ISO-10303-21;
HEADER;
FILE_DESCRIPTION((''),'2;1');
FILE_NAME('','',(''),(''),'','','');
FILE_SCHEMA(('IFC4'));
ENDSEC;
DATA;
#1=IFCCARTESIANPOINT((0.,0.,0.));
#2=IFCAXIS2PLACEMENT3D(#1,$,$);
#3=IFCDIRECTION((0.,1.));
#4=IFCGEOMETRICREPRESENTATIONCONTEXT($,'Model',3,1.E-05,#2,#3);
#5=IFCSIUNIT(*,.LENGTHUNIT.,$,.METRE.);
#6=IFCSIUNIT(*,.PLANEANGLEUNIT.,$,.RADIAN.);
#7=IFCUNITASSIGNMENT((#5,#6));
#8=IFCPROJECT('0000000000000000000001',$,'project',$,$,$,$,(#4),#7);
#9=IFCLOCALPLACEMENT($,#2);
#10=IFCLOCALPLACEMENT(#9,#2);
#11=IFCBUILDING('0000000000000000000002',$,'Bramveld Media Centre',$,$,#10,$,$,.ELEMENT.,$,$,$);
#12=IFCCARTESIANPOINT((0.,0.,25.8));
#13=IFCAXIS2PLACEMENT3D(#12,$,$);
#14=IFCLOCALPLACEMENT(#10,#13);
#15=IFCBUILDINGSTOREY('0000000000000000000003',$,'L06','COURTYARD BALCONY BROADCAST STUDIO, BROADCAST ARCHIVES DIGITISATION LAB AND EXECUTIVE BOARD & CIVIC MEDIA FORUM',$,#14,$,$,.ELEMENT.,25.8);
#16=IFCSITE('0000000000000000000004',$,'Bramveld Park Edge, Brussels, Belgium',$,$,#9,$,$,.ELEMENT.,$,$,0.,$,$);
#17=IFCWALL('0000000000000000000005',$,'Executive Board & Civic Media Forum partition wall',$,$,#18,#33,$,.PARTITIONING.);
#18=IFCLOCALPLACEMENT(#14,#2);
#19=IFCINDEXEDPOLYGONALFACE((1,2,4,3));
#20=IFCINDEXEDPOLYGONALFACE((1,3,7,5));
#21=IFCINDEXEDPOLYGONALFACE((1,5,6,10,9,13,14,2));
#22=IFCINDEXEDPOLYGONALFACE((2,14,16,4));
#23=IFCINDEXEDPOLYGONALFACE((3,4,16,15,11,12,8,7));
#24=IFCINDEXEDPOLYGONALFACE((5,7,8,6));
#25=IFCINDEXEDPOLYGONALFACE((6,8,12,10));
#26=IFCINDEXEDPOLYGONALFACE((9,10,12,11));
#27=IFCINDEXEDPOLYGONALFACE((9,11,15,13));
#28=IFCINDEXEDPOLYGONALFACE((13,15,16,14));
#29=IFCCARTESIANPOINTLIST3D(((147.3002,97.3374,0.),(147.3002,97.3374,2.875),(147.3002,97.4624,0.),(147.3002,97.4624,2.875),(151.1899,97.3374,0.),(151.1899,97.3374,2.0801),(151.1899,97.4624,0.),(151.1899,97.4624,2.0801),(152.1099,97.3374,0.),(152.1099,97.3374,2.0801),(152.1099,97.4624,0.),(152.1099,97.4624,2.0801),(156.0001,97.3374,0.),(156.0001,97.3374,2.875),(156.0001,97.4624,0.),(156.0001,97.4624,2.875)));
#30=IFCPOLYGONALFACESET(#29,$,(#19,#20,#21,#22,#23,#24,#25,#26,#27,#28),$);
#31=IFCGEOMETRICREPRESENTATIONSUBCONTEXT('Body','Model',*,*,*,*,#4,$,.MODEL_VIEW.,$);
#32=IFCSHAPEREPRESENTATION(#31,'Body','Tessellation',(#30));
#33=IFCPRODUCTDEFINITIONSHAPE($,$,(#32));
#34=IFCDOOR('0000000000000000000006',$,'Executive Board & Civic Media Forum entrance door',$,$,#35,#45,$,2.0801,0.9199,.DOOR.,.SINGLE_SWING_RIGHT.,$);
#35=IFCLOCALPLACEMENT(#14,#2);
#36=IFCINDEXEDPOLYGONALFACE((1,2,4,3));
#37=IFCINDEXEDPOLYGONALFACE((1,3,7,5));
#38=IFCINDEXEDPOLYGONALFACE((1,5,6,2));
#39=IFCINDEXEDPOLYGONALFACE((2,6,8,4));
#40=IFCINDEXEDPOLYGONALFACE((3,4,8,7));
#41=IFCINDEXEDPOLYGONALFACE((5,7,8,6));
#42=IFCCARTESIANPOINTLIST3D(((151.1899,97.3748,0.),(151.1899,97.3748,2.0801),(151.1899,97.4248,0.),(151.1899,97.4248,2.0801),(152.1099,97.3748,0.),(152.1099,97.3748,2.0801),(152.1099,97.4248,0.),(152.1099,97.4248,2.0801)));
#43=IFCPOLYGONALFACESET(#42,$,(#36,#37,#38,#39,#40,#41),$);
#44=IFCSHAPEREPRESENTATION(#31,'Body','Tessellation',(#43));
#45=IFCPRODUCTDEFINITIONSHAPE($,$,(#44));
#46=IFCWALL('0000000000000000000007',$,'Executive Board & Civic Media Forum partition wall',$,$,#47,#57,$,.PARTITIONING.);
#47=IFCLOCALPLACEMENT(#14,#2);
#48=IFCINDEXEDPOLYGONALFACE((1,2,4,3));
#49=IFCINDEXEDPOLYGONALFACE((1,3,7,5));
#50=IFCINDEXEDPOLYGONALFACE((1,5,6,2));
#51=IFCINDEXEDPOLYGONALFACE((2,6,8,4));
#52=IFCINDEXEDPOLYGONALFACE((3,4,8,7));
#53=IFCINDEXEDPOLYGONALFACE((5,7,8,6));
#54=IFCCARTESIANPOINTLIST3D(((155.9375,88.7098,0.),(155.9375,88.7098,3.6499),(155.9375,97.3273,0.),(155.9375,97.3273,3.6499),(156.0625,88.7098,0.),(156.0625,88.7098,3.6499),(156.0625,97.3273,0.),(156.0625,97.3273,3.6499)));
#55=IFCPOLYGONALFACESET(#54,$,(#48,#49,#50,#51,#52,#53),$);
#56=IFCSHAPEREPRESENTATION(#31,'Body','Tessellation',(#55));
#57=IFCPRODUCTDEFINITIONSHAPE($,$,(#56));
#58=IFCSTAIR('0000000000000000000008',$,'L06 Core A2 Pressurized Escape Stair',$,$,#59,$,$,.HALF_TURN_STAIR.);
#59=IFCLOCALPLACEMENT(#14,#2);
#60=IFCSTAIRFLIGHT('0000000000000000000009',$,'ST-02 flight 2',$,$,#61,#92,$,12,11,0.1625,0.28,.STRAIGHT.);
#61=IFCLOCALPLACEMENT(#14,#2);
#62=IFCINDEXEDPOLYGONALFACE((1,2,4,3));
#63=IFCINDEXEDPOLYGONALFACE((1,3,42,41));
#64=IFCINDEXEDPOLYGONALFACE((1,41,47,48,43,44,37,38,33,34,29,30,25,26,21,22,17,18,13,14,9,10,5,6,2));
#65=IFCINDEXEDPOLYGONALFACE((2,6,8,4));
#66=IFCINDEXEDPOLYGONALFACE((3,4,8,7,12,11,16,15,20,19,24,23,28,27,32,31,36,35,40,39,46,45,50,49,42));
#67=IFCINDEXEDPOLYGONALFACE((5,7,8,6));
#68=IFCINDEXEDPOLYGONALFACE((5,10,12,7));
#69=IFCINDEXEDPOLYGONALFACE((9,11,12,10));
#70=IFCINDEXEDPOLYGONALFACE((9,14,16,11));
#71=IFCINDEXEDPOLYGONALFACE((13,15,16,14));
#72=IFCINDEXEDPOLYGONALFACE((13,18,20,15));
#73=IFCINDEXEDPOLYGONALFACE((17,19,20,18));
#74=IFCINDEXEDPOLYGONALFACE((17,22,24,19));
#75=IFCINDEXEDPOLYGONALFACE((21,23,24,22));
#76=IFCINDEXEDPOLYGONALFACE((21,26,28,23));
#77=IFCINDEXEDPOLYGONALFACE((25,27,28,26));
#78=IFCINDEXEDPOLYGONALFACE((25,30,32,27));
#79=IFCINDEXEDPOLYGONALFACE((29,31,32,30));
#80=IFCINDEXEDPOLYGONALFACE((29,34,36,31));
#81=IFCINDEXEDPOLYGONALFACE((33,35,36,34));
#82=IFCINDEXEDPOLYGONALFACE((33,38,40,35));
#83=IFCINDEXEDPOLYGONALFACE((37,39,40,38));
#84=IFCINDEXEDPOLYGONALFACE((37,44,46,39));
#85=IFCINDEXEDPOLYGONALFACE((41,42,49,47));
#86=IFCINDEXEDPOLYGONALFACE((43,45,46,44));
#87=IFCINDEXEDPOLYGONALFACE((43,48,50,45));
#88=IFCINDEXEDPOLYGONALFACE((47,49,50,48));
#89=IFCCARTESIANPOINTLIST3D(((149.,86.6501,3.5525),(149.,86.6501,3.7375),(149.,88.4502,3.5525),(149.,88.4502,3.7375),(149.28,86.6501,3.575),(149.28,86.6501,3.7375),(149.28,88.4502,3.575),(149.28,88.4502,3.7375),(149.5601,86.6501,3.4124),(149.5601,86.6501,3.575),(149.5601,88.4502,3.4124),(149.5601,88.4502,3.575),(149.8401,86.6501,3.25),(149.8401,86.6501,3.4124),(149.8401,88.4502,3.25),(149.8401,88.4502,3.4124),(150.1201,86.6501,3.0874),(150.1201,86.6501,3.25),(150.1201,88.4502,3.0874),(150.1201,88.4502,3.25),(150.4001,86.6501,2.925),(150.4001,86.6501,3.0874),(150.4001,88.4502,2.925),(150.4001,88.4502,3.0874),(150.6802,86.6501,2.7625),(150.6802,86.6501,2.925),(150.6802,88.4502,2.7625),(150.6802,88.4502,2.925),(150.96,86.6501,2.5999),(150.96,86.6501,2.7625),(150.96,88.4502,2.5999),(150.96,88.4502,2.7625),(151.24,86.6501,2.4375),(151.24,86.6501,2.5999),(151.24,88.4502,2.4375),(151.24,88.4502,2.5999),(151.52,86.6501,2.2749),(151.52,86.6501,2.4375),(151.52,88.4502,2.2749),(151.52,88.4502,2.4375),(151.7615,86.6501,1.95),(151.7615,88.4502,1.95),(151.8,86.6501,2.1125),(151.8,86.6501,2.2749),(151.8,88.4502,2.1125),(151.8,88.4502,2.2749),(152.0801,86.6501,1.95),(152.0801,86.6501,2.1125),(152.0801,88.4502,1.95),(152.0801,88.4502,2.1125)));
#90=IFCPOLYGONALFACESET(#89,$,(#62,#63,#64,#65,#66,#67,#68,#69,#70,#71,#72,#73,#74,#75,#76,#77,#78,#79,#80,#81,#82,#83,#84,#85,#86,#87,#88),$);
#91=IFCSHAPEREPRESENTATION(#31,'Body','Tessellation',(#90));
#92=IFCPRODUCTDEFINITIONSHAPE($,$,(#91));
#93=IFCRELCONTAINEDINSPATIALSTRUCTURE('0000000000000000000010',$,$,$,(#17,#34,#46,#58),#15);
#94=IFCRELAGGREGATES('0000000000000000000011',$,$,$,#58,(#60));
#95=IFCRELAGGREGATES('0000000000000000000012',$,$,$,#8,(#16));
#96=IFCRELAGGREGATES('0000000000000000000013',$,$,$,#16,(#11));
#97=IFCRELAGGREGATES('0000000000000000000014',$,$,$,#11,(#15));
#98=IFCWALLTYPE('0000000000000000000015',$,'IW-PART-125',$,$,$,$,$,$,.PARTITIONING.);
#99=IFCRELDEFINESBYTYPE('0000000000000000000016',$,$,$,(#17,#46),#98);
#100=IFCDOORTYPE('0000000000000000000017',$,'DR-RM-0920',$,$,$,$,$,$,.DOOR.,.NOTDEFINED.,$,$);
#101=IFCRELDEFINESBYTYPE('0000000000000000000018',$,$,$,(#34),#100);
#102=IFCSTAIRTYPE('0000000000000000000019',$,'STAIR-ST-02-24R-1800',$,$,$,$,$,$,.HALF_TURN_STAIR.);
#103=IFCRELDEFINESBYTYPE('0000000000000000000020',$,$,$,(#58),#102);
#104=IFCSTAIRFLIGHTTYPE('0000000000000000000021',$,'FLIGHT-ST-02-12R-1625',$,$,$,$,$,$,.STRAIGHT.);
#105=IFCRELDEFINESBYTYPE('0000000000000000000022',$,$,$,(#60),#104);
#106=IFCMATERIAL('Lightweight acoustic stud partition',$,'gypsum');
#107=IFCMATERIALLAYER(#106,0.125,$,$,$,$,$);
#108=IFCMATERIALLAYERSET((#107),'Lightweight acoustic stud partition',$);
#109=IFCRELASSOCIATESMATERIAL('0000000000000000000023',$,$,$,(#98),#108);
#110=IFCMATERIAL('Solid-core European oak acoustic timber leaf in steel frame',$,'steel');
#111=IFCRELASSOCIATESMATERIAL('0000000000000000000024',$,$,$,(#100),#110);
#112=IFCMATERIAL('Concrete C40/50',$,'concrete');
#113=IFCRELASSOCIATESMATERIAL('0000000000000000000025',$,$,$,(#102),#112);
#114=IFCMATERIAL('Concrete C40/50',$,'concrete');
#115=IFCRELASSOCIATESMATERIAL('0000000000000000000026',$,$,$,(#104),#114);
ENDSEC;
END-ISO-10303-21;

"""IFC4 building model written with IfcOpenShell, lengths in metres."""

from ifc_helpers import new_model, si_unit, direction, frame, frame_2d, origin, place, context, subcontext, project, spatial, polyline, rectangle, outline, extrude, material, layer, layer_set, type_object, element, fill, aggregate, save


model = new_model("IFC4")

# Units and contexts
model_context = context("Model", 3, precision=1e-05, world=origin(), true_north=direction((0.0, 1.0)))
body_context = subcontext(model_context, "Body", "Model", "MODEL_VIEW")
ifc_project = project(units=[si_unit("LENGTHUNIT", "METRE"), si_unit("PLANEANGLEUNIT", "RADIAN")], contexts=[model_context])

# Site, building, storey
site_placement = place(None, origin())
site = spatial("IfcSite", under=ifc_project, at=site_placement, Name="Bramveld Park Edge, Brussels, Belgium", CompositionType="ELEMENT", RefElevation=0.0)
building_placement = place(site_placement, origin())
building = spatial("IfcBuilding", under=site, at=building_placement, Name="Bramveld Media Centre", CompositionType="ELEMENT")
storey_placement = place(building_placement, frame((0.0, 0.0, 25.8)))
storey = spatial("IfcBuildingStorey", under=building, at=storey_placement, Name="L06", Description="COURTYARD BALCONY BROADCAST STUDIO, BROADCAST ARCHIVES DIGITISATION LAB AND EXECUTIVE BOARD & CIVIC MEDIA FORUM", CompositionType="ELEMENT", Elevation=25.8)

# Wall, opening, door
ifc_material_1 = material(Name="Lightweight acoustic stud partition", Category="gypsum")
ifc_layer_1 = layer(ifc_material_1, 0.125)
ifc_layer_set_1 = layer_set([ifc_layer_1], Name="Lightweight acoustic stud partition")
wall_type_1 = type_object("IfcWallType", Name="IW-PART-125", PredefinedType="PARTITIONING", material=ifc_layer_set_1)
wall_1_placement = place(storey_placement, frame((147.3, 97.3999, 0.0), z_axis=(0.0, 0.0, 1.0), x_axis=(1.0, 0.0, 0.0)))
wall_1 = element("IfcWall", 1, at=wall_1_placement, inside=storey, type_object=wall_type_1, Name="Executive Board & Civic Media Forum partition wall", PredefinedType="PARTITIONING", context=body_context, shape_type="SweptSolid", body=[
    extrude(rectangle(XDim=8.7, YDim=0.125, at=frame_2d((4.3501, 0.0))), origin(), (0.0, 0.0, 1.0), 2.875),
])
opening_1_placement = place(wall_1_placement, frame((3.8899, 0.0, 0.0)))
opening_1 = element("IfcOpeningElement", 2, at=opening_1_placement, cuts=wall_1, PredefinedType="OPENING", context=body_context, shape_type="SweptSolid", body=[
    extrude(rectangle(XDim=0.9199, YDim=2.0801, at=frame_2d((0.46, 1.04))), frame((0.0, 0.0745, 0.0), z_axis=(0.0, -1.0, 0.0), x_axis=(1.0, 0.0, 0.0)), (0.0, 0.0, 1.0), 0.1489),
])
ifc_material_2 = material(Name="Solid-core European oak acoustic timber leaf in steel frame", Category="steel")
door_type_1 = type_object("IfcDoorType", Name="DR-RM-0920", OperationType="NOTDEFINED", PredefinedType="DOOR", material=ifc_material_2)
door_1_placement = place(opening_1_placement, origin())
door_1 = element("IfcDoor", 3, at=door_1_placement, inside=storey, type_object=door_type_1, Name="Executive Board & Civic Media Forum entrance door", OperationType="SINGLE_SWING_RIGHT", OverallHeight=2.0801, OverallWidth=0.9199, PredefinedType="DOOR", context=body_context, shape_type="SweptSolid", body=[
    extrude(rectangle(XDim=0.9199, YDim=2.0801, at=frame_2d((0.46, 1.04))), frame((0.0, 0.0249, 0.0), z_axis=(0.0, -1.0, 0.0), x_axis=(1.0, 0.0, 0.0)), (0.0, 0.0, 1.0), 0.05),
])
fill(opening_1, door_1)

# Wall
wall_2_placement = place(storey_placement, frame((156.0, 88.71, 0.0), z_axis=(0.0, 0.0, 1.0), x_axis=(0.0, 1.0, 0.0)))
element("IfcWall", 4, at=wall_2_placement, inside=storey, type_object=wall_type_1, Name="Executive Board & Civic Media Forum partition wall", PredefinedType="PARTITIONING", context=body_context, shape_type="SweptSolid", body=[
    extrude(rectangle(XDim=8.6174, YDim=0.125, at=frame_2d((4.3086, 0.0))), origin(), (0.0, 0.0, 1.0), 3.6499),
])

# Stair, stair flight
ifc_material_3 = material(Name="Concrete C40/50", Category="concrete")
stair_type = type_object("IfcStairType", Name="STAIR-ST-02-24R-1800", PredefinedType="HALF_TURN_STAIR", material=ifc_material_3)
stair_placement = place(storey_placement, origin())
stair = element("IfcStair", 5, at=stair_placement, inside=storey, type_object=stair_type, Name="L06 Core A2 Pressurized Escape Stair", PredefinedType="HALF_TURN_STAIR")
ifc_material_4 = material(Name="Concrete C40/50", Category="concrete")
stair_flight_type = type_object("IfcStairFlightType", Name="FLIGHT-ST-02-12R-1625", PredefinedType="STRAIGHT", material=ifc_material_4)
stair_flight_placement = place(storey_placement, frame((152.0801, 87.55, 1.95), z_axis=(0.0, 0.0, 1.0), x_axis=(-1.0, 0.0, 0.0)))
stair_flight = element("IfcStairFlight", 6, at=stair_flight_placement, type_object=stair_flight_type, Name="ST-02 flight 2", NumberOfRisers=12, NumberOfTreads=11, PredefinedType="STRAIGHT", RiserHeight=0.1625, TreadLength=0.28, context=body_context, shape_type="SweptSolid", body=[
    extrude(outline(polyline([(0.0, 0.0), (0.0, 0.1626), (0.28, 0.1626), (0.28, 0.325), (0.5601, 0.325), (0.5601, 0.4875), (0.8401, 0.4875), (0.8401, 0.6499), (1.1201, 0.6499), (1.1201, 0.8125), (1.3999, 0.8125), (1.3999, 0.9751), (1.6799, 0.9751), (1.6799, 1.1375), (1.96, 1.1375), (1.96, 1.3), (2.24, 1.3), (2.24, 1.4624), (2.52, 1.4624), (2.52, 1.625), (2.8, 1.625), (2.8, 1.7876), (3.0801, 1.7876), (3.0801, 1.95), (3.0801, 1.6025), (0.3186, 0.0), (0.0, 0.0)])), frame((0.0, 0.8999, 0.0), z_axis=(0.0, -1.0, 0.0), x_axis=(1.0, 0.0, 0.0)), (0.0, 0.0, 1.0), 1.8),
])
aggregate(stair, [stair_flight])

save(model, "model.ifc")
